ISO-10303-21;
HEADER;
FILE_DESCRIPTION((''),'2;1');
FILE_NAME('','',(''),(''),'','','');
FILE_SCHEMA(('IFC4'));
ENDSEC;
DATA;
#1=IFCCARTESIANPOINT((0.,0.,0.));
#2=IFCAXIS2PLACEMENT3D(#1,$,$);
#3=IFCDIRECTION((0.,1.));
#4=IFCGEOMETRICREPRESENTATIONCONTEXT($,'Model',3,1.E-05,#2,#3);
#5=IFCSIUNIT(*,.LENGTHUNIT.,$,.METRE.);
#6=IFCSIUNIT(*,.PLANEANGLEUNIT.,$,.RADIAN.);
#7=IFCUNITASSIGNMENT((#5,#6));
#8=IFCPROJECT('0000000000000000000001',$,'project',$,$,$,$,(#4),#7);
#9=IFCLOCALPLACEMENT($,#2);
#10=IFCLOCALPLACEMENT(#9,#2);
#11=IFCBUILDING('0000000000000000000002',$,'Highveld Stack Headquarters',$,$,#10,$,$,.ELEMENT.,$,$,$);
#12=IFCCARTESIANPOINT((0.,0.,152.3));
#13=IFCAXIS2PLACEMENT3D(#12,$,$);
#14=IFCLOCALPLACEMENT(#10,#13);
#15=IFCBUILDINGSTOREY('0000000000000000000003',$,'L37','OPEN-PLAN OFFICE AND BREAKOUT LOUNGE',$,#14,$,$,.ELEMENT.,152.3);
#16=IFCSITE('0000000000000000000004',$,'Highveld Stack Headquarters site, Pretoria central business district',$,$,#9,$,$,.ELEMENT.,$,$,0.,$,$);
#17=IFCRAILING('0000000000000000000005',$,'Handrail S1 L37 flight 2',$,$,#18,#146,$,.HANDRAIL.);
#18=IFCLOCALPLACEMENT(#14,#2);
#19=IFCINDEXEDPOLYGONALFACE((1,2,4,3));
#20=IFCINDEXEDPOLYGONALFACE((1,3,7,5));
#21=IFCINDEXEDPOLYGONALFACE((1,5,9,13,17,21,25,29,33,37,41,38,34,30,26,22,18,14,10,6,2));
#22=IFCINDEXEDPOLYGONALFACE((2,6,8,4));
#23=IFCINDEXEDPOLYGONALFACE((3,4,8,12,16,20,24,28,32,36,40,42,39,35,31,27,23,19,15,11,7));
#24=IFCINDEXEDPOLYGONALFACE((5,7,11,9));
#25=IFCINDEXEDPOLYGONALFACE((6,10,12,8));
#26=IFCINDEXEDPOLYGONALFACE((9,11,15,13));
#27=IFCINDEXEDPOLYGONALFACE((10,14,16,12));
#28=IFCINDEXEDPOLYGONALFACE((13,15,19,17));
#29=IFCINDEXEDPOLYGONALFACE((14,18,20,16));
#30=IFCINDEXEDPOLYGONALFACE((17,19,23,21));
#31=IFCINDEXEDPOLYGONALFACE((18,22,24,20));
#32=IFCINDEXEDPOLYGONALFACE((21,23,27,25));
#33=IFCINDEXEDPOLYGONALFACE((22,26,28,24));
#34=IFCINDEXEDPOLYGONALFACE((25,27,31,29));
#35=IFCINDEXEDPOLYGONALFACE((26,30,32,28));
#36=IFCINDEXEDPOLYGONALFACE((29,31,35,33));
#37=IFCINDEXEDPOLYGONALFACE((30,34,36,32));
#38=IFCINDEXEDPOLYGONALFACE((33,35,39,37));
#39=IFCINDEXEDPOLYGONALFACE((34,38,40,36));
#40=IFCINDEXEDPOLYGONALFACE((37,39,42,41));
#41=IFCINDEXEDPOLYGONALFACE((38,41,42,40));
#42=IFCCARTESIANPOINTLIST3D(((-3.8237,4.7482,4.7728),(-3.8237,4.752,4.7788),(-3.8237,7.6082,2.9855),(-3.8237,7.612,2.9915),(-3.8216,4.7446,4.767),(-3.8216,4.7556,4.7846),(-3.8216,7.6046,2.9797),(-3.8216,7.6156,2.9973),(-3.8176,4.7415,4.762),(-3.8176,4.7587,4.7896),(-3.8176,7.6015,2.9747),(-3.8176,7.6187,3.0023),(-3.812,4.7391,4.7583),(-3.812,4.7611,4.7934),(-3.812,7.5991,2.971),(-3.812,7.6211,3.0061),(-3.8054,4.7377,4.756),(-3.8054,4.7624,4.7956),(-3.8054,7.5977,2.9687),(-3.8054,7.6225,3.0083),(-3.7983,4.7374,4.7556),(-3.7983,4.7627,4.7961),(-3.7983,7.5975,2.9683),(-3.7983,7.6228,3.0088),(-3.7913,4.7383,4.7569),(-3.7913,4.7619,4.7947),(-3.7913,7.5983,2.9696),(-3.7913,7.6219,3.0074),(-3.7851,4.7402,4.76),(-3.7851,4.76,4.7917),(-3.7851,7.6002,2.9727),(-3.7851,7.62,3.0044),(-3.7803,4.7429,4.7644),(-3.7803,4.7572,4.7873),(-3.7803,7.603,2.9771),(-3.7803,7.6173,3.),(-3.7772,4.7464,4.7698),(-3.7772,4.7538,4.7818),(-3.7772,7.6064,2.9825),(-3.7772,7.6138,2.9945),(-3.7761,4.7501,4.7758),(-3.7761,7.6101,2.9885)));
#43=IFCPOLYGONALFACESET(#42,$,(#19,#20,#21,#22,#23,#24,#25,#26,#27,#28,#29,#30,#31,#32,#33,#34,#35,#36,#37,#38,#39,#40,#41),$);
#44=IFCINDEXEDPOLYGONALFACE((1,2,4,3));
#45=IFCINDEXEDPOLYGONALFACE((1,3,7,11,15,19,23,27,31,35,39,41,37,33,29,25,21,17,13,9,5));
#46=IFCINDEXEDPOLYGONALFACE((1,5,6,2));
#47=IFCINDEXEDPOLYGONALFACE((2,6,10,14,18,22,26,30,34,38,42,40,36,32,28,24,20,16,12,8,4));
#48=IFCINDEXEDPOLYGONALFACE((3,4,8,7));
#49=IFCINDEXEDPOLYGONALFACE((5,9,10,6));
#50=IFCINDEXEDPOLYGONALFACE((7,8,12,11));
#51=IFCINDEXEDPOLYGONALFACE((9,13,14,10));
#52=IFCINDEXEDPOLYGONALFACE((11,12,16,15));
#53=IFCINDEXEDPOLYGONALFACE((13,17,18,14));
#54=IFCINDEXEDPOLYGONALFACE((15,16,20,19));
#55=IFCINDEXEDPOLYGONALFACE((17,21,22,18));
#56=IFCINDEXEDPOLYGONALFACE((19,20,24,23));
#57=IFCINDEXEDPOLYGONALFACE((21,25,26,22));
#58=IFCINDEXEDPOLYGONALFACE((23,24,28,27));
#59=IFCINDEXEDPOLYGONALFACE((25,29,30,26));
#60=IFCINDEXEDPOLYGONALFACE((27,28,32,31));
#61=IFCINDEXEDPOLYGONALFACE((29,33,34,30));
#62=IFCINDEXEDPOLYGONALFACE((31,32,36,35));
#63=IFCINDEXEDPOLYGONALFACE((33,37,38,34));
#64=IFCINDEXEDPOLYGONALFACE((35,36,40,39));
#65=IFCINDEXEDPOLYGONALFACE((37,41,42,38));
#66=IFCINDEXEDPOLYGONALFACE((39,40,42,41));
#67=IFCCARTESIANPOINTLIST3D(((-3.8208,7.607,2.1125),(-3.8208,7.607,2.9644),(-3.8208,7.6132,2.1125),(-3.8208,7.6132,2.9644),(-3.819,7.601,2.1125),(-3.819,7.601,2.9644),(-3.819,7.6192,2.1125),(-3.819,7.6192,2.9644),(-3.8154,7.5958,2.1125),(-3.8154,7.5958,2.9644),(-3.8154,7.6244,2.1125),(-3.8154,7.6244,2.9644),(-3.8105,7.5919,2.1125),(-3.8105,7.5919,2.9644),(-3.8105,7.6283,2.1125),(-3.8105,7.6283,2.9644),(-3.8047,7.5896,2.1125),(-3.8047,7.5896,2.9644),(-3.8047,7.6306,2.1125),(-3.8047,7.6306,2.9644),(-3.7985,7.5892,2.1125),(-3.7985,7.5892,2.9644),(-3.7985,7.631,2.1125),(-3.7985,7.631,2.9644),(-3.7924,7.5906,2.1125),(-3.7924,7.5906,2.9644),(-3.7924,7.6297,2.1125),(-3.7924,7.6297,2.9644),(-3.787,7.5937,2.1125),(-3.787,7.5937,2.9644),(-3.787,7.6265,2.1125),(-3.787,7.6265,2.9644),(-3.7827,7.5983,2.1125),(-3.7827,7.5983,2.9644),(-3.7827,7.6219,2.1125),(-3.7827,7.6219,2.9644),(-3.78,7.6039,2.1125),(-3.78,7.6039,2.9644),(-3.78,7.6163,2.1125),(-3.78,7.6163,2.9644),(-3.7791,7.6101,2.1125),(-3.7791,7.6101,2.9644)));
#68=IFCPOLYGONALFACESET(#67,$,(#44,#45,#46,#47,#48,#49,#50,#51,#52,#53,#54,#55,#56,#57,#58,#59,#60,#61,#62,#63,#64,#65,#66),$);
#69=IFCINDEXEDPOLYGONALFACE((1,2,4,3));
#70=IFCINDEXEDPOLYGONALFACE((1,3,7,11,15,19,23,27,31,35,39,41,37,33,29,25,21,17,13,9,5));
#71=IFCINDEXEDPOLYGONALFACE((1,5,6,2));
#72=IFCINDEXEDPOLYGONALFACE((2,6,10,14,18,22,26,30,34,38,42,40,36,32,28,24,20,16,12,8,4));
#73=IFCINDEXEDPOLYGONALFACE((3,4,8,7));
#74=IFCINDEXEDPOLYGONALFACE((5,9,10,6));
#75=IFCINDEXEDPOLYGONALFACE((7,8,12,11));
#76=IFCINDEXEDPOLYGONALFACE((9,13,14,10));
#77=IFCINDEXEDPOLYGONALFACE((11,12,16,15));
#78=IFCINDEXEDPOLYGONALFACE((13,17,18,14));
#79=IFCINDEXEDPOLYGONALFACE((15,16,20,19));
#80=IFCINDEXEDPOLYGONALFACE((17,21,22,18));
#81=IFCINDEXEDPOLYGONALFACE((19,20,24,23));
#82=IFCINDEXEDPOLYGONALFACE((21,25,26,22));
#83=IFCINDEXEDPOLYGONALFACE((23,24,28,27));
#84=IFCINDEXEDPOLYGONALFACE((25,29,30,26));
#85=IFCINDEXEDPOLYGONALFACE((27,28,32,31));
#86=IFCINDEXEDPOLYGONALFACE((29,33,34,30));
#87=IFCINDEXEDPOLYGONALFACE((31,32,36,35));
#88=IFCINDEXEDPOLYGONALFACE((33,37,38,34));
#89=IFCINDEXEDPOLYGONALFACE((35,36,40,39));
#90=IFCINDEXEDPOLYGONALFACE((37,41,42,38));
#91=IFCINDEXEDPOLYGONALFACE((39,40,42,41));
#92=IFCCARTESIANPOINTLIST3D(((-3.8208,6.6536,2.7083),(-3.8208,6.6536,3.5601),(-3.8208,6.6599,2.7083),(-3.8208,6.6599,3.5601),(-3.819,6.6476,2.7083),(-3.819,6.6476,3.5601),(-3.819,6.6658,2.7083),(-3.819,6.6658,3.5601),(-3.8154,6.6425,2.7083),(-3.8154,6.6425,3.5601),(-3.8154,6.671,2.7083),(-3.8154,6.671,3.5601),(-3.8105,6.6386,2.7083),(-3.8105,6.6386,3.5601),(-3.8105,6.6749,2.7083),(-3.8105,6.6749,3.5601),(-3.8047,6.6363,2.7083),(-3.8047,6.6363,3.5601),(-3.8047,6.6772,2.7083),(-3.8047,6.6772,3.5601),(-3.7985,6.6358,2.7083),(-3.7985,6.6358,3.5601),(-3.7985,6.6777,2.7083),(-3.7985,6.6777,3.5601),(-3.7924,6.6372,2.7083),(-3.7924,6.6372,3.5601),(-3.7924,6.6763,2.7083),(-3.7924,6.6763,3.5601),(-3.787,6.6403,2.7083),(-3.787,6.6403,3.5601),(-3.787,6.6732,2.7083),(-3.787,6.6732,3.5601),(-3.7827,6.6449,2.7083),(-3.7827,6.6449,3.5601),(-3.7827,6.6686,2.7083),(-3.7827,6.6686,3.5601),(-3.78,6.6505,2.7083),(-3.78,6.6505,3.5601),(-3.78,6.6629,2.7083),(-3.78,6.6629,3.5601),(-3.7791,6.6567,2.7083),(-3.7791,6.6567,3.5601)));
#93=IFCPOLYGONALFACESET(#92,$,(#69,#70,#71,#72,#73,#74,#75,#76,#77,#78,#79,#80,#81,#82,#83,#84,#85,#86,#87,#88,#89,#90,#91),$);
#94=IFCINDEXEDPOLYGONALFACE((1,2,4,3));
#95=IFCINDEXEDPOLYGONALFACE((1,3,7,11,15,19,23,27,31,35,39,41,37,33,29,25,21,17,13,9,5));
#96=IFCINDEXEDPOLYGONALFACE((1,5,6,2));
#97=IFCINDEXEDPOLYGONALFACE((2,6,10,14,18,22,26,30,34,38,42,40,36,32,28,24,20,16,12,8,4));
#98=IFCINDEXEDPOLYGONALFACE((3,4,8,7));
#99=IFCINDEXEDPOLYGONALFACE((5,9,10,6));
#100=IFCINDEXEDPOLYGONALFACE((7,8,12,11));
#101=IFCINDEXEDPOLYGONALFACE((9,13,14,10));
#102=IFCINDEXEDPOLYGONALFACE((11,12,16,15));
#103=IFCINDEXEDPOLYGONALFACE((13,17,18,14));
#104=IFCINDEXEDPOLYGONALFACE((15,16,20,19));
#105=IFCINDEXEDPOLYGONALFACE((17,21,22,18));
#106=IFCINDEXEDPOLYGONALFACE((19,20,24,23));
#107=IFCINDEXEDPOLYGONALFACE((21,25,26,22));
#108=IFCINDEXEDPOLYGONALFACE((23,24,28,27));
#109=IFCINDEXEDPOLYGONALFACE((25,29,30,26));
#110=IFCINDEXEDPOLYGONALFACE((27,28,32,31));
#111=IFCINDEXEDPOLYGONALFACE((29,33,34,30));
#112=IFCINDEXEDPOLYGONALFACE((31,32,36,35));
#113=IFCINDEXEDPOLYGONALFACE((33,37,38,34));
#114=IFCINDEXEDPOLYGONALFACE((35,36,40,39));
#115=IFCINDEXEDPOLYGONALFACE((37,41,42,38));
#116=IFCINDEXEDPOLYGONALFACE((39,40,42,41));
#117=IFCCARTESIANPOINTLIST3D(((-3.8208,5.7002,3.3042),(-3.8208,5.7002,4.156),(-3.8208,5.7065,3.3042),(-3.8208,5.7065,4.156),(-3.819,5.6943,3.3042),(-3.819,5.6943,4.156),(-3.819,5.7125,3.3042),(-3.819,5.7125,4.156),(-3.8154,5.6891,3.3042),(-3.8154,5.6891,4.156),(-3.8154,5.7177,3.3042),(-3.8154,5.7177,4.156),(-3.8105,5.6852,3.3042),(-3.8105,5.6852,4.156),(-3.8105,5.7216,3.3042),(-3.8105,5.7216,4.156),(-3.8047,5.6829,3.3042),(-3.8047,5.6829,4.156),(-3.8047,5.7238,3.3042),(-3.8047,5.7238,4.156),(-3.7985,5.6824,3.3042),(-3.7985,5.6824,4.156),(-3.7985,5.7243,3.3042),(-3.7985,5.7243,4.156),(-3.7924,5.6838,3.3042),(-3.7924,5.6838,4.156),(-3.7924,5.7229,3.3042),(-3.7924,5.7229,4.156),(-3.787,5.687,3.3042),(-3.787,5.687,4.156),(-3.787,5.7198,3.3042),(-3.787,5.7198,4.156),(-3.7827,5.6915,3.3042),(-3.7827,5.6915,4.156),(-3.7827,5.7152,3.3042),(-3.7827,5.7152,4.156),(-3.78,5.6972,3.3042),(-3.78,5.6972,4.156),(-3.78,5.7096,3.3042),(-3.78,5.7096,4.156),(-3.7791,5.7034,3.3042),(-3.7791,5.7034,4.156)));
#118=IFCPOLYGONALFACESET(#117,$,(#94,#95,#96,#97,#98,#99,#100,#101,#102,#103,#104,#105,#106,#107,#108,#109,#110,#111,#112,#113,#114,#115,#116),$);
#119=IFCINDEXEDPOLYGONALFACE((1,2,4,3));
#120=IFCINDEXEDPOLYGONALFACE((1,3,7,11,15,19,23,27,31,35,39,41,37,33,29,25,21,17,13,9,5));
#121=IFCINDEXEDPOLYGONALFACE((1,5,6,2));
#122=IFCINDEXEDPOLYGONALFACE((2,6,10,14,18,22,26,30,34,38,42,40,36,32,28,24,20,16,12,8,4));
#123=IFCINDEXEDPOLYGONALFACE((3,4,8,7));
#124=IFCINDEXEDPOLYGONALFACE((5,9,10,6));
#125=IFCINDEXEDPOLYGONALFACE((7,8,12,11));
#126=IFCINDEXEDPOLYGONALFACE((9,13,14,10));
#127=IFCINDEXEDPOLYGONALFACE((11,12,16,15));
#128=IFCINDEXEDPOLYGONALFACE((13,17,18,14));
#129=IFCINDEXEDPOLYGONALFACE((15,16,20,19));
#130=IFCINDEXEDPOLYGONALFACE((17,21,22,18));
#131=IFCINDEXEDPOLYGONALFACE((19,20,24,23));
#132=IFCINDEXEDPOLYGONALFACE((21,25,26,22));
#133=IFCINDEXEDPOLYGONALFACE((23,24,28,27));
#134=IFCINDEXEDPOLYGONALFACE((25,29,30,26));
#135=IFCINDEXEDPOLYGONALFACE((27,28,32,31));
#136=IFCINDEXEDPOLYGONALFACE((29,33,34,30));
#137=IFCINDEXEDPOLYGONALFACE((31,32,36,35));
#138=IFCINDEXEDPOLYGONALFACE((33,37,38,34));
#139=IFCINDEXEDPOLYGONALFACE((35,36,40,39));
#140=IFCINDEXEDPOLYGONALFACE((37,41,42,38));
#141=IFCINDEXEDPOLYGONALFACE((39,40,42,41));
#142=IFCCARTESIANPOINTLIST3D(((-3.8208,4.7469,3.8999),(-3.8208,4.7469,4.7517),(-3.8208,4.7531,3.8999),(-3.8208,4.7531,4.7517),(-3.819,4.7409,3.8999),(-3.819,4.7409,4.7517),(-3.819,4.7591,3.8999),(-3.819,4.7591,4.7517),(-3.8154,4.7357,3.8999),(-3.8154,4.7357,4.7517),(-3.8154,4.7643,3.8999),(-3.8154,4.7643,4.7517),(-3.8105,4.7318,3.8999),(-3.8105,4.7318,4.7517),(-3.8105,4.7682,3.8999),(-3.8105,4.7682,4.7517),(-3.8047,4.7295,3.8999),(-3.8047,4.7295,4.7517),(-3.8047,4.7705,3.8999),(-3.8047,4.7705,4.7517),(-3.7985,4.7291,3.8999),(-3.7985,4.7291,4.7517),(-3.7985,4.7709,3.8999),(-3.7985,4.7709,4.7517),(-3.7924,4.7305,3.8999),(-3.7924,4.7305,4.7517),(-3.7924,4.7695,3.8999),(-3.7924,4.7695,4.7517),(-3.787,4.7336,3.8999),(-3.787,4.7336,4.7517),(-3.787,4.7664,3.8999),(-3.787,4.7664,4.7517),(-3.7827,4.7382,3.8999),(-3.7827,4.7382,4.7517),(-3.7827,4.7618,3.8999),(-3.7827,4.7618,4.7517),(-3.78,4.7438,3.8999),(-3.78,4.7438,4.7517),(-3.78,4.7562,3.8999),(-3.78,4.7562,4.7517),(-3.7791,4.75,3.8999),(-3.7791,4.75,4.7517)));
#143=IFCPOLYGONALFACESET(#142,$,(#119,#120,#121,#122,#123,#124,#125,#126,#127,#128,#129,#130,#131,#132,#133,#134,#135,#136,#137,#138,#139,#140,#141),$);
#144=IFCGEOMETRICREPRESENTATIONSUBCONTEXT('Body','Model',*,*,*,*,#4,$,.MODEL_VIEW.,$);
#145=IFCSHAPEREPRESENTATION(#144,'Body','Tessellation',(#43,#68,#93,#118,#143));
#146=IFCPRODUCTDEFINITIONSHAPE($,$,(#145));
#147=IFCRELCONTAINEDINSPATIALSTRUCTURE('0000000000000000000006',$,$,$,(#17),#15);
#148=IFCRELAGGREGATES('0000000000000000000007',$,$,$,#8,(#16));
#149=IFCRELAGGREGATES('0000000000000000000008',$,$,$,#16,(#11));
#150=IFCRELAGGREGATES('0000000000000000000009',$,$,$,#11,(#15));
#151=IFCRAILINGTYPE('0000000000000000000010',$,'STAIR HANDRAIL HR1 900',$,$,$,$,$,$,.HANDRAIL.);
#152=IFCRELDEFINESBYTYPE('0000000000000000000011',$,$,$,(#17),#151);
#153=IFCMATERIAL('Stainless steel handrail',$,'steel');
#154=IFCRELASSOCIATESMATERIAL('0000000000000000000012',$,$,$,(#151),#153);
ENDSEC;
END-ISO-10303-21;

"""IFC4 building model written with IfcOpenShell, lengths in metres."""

from ifc_helpers import new_model, si_unit, direction, frame, origin, origin_2d, place, context, subcontext, project, spatial, circle, extrude, material, type_object, element, save


model = new_model("IFC4")

# Units and contexts
model_context = context("Model", 3, precision=1e-05, world=origin(), true_north=direction((0.0, 1.0)))
body_context = subcontext(model_context, "Body", "Model", "MODEL_VIEW")
ifc_project = project(units=[si_unit("LENGTHUNIT", "METRE"), si_unit("PLANEANGLEUNIT", "RADIAN")], contexts=[model_context])

# Site, building, storey
site_placement = place(None, origin())
site = spatial("IfcSite", under=ifc_project, at=site_placement, Name="Highveld Stack Headquarters site, Pretoria central business district", CompositionType="ELEMENT", RefElevation=0.0)
building_placement = place(site_placement, origin())
building = spatial("IfcBuilding", under=site, at=building_placement, Name="Highveld Stack Headquarters", CompositionType="ELEMENT")
storey_placement = place(building_placement, frame((0.0, 0.0, 152.3)))
storey = spatial("IfcBuildingStorey", under=building, at=storey_placement, Name="L37", Description="OPEN-PLAN OFFICE AND BREAKOUT LOUNGE", CompositionType="ELEMENT", Elevation=152.3)

# Railing
ifc_material_1 = material(Name="Stainless steel handrail", Category="steel")
railing_type = type_object("IfcRailingType", Name="STAIR HANDRAIL HR1 900", PredefinedType="HANDRAIL", material=ifc_material_1)
railing_placement = place(storey_placement, frame((-3.8, 7.6101, 2.1125)))
element("IfcRailing", 1, at=railing_placement, inside=storey, type_object=railing_type, Name="Handrail S1 L37 flight 2", PredefinedType="HANDRAIL", context=body_context, shape_type="SweptSolid", body=[
    extrude(circle(Radius=0.0239, at=origin_2d()), frame((0.0, 0.0, 0.876), z_axis=(0.0, -0.848027, 0.529953), x_axis=(1.0, 0.0, 0.0)), (0.0, 0.0, 1.0), 3.3726),
    extrude(circle(Radius=0.021, at=origin_2d()), origin(), (0.0, 0.0, 1.0), 0.8518),
    extrude(circle(Radius=0.021, at=origin_2d()), frame((0.0, -0.9534, 0.5957)), (0.0, 0.0, 1.0), 0.8518),
    extrude(circle(Radius=0.021, at=origin_2d()), frame((0.0, -1.9067, 1.1917)), (0.0, 0.0, 1.0), 0.8518),
    extrude(circle(Radius=0.021, at=origin_2d()), frame((0.0, -2.8601, 1.7874)), (0.0, 0.0, 1.0), 0.8518),
])

save(model, "model.ifc")
